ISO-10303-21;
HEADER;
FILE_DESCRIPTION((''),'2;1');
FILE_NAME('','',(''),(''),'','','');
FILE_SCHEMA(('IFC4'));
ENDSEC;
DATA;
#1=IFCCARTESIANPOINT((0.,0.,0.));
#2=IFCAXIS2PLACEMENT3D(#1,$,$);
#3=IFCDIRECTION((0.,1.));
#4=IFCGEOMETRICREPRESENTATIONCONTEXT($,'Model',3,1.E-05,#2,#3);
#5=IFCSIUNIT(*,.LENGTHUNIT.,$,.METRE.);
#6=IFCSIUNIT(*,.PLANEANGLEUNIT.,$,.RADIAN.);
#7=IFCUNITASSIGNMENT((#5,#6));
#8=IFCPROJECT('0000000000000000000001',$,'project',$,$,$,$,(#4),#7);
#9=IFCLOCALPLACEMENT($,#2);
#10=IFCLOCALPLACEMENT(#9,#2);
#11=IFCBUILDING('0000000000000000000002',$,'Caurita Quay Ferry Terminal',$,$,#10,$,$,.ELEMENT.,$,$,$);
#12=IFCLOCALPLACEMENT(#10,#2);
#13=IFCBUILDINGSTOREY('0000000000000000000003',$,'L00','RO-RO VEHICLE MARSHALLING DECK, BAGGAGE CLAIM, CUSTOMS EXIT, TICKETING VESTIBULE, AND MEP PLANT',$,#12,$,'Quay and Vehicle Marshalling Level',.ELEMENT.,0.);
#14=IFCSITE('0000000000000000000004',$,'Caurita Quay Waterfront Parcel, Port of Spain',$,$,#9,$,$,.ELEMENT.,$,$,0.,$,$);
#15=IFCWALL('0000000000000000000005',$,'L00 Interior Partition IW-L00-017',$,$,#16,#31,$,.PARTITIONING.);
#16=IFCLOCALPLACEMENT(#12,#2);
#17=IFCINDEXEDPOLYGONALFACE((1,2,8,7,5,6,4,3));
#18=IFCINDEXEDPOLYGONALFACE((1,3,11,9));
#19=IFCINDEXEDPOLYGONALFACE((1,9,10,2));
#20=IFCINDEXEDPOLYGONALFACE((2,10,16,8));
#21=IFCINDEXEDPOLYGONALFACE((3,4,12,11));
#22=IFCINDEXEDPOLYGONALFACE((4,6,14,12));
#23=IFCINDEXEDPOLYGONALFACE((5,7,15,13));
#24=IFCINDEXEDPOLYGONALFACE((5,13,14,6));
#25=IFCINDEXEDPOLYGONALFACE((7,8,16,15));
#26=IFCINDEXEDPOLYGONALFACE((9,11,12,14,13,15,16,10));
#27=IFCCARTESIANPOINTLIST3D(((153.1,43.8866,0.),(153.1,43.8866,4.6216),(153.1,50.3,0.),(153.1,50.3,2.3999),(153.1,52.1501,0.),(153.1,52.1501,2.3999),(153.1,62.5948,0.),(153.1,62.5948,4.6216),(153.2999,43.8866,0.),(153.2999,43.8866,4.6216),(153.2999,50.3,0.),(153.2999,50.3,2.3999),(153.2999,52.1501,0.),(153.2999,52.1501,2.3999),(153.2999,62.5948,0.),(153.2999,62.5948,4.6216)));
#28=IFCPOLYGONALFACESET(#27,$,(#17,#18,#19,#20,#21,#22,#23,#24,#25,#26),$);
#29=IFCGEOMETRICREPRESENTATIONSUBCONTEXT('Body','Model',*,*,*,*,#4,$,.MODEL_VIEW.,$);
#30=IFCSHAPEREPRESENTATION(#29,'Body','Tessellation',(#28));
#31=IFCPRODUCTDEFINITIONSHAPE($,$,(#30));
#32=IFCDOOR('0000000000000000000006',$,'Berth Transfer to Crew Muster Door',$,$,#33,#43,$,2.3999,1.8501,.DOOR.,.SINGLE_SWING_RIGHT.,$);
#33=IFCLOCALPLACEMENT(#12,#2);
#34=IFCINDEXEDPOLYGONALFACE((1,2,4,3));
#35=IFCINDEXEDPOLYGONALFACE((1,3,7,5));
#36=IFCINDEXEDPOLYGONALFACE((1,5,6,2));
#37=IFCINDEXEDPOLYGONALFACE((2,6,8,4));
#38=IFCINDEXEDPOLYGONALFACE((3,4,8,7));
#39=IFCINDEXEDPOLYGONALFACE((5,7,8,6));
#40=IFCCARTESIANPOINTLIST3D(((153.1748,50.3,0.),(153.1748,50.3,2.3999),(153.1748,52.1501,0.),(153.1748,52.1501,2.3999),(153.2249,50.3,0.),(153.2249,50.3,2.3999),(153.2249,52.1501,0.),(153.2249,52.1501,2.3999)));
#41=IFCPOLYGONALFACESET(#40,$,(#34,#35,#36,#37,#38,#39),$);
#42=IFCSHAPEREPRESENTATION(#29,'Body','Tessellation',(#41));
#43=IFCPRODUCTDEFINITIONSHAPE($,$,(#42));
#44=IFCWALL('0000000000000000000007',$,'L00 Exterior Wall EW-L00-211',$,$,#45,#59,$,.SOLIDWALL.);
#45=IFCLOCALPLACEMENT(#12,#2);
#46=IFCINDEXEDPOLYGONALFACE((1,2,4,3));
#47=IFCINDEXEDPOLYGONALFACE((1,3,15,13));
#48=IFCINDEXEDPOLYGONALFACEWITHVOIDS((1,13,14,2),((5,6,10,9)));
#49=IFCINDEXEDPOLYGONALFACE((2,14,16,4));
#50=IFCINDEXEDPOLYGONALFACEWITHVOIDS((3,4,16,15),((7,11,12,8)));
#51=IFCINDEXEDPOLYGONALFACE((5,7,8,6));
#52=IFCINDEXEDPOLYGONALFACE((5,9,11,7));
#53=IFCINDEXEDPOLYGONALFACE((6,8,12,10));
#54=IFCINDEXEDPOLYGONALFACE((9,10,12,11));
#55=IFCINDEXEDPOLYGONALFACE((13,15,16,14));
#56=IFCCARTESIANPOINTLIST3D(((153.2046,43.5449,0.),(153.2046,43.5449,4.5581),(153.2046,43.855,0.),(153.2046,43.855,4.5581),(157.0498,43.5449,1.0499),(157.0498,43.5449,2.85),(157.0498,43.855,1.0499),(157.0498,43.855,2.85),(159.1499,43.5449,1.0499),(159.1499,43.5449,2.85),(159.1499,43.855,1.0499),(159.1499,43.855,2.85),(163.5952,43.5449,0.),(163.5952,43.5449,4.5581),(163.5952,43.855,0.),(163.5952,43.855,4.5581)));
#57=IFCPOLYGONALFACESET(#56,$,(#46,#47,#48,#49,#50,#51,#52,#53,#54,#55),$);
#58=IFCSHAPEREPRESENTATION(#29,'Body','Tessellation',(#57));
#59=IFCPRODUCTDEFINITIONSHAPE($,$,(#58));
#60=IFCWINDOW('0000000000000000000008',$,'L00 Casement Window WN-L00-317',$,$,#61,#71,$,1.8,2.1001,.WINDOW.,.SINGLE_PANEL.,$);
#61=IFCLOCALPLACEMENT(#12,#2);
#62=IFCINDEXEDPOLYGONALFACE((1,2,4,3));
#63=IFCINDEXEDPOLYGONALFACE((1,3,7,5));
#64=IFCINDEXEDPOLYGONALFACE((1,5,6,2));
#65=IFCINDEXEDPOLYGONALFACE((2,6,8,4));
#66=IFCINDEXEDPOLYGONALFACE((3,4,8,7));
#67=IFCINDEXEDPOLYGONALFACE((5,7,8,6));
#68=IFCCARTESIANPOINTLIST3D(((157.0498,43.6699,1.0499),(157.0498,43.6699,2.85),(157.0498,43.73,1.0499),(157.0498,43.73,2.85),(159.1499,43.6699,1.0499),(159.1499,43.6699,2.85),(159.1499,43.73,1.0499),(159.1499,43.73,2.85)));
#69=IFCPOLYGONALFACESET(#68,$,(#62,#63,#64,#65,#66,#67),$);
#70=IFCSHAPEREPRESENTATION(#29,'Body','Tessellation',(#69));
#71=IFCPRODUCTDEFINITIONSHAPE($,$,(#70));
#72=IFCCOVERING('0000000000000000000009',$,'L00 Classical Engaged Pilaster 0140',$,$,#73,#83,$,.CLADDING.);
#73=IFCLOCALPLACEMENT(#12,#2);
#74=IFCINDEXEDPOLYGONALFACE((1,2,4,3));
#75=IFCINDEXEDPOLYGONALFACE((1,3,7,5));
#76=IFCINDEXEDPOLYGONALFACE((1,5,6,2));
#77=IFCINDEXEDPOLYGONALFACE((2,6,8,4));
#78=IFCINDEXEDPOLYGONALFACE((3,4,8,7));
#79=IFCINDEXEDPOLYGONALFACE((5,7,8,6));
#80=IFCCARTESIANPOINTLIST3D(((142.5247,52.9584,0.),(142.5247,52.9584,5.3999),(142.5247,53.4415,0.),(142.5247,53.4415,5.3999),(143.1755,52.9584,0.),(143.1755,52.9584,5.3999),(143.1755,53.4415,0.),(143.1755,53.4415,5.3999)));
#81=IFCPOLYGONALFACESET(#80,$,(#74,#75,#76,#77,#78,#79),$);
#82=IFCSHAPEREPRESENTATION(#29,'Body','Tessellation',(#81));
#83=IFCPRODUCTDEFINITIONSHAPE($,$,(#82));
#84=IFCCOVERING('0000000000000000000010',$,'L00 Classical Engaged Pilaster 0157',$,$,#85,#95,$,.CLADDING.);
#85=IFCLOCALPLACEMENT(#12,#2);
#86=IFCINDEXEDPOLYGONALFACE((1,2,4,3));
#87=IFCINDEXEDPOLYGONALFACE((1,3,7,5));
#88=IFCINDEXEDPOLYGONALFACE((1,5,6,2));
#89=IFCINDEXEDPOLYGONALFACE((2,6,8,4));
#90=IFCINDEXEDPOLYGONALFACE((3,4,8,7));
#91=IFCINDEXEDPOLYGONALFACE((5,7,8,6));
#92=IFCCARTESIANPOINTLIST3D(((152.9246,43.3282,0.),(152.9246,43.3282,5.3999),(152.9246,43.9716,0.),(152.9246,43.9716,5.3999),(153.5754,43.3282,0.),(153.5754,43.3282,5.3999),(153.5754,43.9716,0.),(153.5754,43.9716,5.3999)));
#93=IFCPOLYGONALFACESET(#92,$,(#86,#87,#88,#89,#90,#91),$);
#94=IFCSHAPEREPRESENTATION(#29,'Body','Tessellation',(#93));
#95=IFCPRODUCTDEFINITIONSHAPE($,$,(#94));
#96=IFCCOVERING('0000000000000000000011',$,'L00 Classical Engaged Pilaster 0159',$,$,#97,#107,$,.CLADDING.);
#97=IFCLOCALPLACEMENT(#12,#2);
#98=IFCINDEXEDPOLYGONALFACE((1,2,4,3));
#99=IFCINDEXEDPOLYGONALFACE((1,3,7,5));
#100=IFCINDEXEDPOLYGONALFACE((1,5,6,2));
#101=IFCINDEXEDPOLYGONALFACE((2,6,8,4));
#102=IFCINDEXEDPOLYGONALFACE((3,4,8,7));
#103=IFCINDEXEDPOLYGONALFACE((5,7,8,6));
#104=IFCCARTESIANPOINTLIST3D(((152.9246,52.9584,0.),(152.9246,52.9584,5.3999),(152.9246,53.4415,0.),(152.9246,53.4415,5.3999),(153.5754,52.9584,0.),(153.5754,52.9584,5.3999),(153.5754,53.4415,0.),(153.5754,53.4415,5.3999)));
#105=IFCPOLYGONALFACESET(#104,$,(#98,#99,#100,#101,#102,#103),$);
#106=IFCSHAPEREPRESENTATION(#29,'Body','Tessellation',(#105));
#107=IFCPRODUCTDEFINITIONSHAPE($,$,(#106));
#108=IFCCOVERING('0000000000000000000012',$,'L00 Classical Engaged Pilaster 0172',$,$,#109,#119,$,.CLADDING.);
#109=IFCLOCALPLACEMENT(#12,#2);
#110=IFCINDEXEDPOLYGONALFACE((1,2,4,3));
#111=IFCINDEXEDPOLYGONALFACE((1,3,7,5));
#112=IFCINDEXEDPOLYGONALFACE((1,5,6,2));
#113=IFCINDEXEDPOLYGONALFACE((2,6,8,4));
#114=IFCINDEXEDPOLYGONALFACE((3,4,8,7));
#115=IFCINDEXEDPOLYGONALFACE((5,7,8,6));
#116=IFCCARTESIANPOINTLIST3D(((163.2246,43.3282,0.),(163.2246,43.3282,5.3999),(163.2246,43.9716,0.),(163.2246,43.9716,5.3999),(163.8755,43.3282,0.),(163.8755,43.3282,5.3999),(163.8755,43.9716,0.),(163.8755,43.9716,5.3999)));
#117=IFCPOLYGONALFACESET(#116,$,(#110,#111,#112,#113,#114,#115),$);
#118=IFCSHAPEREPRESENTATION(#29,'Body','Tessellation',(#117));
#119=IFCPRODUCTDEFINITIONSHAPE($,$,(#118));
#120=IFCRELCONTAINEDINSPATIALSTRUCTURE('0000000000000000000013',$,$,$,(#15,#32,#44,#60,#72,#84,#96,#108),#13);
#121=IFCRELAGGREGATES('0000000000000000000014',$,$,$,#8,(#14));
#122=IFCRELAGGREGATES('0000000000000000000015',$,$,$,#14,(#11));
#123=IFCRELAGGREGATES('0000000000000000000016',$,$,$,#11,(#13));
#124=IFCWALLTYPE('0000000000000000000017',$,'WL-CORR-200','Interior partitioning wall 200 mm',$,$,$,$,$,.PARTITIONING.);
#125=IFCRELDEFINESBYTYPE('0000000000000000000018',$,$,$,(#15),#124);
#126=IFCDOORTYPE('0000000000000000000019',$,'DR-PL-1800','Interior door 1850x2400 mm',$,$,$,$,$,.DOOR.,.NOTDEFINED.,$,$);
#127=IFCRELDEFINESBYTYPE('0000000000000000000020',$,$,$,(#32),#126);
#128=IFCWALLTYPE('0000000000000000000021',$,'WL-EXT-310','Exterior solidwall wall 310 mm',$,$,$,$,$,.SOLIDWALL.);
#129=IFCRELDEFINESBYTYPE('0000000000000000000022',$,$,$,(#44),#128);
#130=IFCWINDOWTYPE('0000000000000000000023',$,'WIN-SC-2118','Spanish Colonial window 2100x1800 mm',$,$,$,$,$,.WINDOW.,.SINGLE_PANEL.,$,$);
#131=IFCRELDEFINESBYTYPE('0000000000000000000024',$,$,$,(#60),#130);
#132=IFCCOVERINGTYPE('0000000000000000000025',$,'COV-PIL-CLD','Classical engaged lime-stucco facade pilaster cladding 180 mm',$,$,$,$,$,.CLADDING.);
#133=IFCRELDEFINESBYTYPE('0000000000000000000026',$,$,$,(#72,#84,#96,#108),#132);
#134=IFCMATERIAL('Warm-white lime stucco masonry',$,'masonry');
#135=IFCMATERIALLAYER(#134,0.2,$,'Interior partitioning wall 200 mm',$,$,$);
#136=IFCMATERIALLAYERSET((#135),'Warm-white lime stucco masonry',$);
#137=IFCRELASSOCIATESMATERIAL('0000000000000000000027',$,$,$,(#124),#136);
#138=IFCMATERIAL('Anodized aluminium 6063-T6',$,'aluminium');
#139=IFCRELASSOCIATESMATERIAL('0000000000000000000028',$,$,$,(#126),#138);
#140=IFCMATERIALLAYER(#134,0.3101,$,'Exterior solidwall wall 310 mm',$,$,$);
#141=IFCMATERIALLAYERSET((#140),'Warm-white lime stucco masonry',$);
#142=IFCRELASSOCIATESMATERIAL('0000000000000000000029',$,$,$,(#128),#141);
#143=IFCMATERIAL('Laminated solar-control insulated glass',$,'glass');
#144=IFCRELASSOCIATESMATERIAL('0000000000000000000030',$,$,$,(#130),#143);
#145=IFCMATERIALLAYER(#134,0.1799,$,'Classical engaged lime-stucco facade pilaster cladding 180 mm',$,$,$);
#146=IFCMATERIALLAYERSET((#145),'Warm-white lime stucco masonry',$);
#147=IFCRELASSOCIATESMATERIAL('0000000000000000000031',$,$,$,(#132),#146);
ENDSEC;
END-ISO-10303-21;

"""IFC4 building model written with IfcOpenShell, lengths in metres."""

from ifc_helpers import new_model, si_unit, direction, frame, frame_2d, origin, origin_2d, place, context, subcontext, project, spatial, rectangle, extrude, material, layer, layer_set, type_object, element, fill, save


model = new_model("IFC4")

# Units and contexts
model_context = context("Model", 3, precision=1e-05, world=origin(), true_north=direction((0.0, 1.0)))
body_context = subcontext(model_context, "Body", "Model", "MODEL_VIEW")
ifc_project = project(units=[si_unit("LENGTHUNIT", "METRE"), si_unit("PLANEANGLEUNIT", "RADIAN")], contexts=[model_context])

# Site, building, storey
site_placement = place(None, origin())
site = spatial("IfcSite", under=ifc_project, at=site_placement, Name="Caurita Quay Waterfront Parcel, Port of Spain", CompositionType="ELEMENT", RefElevation=0.0)
building_placement = place(site_placement, origin())
building = spatial("IfcBuilding", under=site, at=building_placement, Name="Caurita Quay Ferry Terminal", CompositionType="ELEMENT")
storey_placement = place(building_placement, origin())
storey = spatial("IfcBuildingStorey", under=building, at=storey_placement, Name="L00", Description="RO-RO VEHICLE MARSHALLING DECK, BAGGAGE CLAIM, CUSTOMS EXIT, TICKETING VESTIBULE, AND MEP PLANT", LongName="Quay and Vehicle Marshalling Level", CompositionType="ELEMENT", Elevation=0.0)

# Wall, opening, door
ifc_material_1 = material(Name="Warm-white lime stucco masonry", Category="masonry")
ifc_layer_1 = layer(ifc_material_1, 0.2, Name="Interior partitioning wall 200 mm")
ifc_layer_set_1 = layer_set([ifc_layer_1], Name="Warm-white lime stucco masonry")
wall_type_1 = type_object("IfcWallType", Name="WL-CORR-200", Description="Interior partitioning wall 200 mm", PredefinedType="PARTITIONING", material=ifc_layer_set_1)
wall_1_placement = place(storey_placement, frame((153.2, 43.8867, 0.0), z_axis=(0.0, 0.0, 1.0), x_axis=(0.0, 1.0, 0.0)))
wall_1 = element("IfcWall", 1, at=wall_1_placement, inside=storey, type_object=wall_type_1, Name="L00 Interior Partition IW-L00-017", PredefinedType="PARTITIONING", context=body_context, shape_type="SweptSolid", body=[
    extrude(rectangle(XDim=18.7083, YDim=0.2, at=frame_2d((9.354, 0.0))), origin(), (0.0, 0.0, 1.0), 4.6216),
])
opening_1_placement = place(wall_1_placement, frame((6.4133, 0.0, 0.0)))
opening_1 = element("IfcOpeningElement", 2, at=opening_1_placement, cuts=wall_1, PredefinedType="OPENING", context=body_context, shape_type="SweptSolid", body=[
    extrude(rectangle(XDim=1.8501, YDim=2.3999, at=frame_2d((0.925, 1.2))), frame((0.0, 0.1099, 0.0), z_axis=(0.0, -1.0, 0.0), x_axis=(1.0, 0.0, 0.0)), (0.0, 0.0, 1.0), 0.22),
])
ifc_material_2 = material(Name="Anodized aluminium 6063-T6", Category="aluminium")
door_type = type_object("IfcDoorType", Name="DR-PL-1800", Description="Interior door 1850x2400 mm", OperationType="NOTDEFINED", PredefinedType="DOOR", material=ifc_material_2)
door_placement = place(opening_1_placement, frame((1.8501, 0.0, 0.0), z_axis=(0.0, 0.0, 1.0), x_axis=(-1.0, 0.0, 0.0)))
door = element("IfcDoor", 3, at=door_placement, inside=storey, type_object=door_type, Name="Berth Transfer to Crew Muster Door", OperationType="SINGLE_SWING_RIGHT", OverallHeight=2.3999, OverallWidth=1.8501, PredefinedType="DOOR", context=body_context, shape_type="SweptSolid", body=[
    extrude(rectangle(XDim=1.8501, YDim=2.3999, at=frame_2d((0.925, 1.2))), frame((0.0, 0.0249, 0.0), z_axis=(0.0, -1.0, 0.0), x_axis=(1.0, 0.0, 0.0)), (0.0, 0.0, 1.0), 0.05),
])
fill(opening_1, door)

# Wall, opening, window
ifc_layer_2 = layer(ifc_material_1, 0.3101, Name="Exterior solidwall wall 310 mm")
ifc_layer_set_2 = layer_set([ifc_layer_2], Name="Warm-white lime stucco masonry")
wall_type_2 = type_object("IfcWallType", Name="WL-EXT-310", Description="Exterior solidwall wall 310 mm", PredefinedType="SOLIDWALL", material=ifc_layer_set_2)
wall_2_placement = place(storey_placement, frame((153.2046, 43.7, 0.0), z_axis=(0.0, 0.0, 1.0), x_axis=(1.0, 0.0, 0.0)))
wall_2 = element("IfcWall", 4, at=wall_2_placement, inside=storey, type_object=wall_type_2, Name="L00 Exterior Wall EW-L00-211", PredefinedType="SOLIDWALL", context=body_context, shape_type="SweptSolid", body=[
    extrude(rectangle(XDim=10.3906, YDim=0.3101, at=frame_2d((5.1953, 0.0))), origin(), (0.0, 0.0, 1.0), 4.5581),
])
opening_2_placement = place(wall_2_placement, frame((3.8452, 0.0, 1.05)))
opening_2 = element("IfcOpeningElement", 5, at=opening_2_placement, cuts=wall_2, PredefinedType="OPENING", context=body_context, shape_type="SweptSolid", body=[
    extrude(rectangle(XDim=2.1001, YDim=1.8, at=frame_2d((1.05, 0.8999))), frame((0.0, 0.165, 0.0), z_axis=(0.0, -1.0, 0.0), x_axis=(1.0, 0.0, 0.0)), (0.0, 0.0, 1.0), 0.3301),
])
ifc_material_3 = material(Name="Laminated solar-control insulated glass", Category="glass")
window_type = type_object("IfcWindowType", Name="WIN-SC-2118", Description="Spanish Colonial window 2100x1800 mm", PartitioningType="SINGLE_PANEL", PredefinedType="WINDOW", material=ifc_material_3)
window_placement = place(opening_2_placement, origin())
window = element("IfcWindow", 6, at=window_placement, inside=storey, type_object=window_type, Name="L00 Casement Window WN-L00-317", OverallHeight=1.8, OverallWidth=2.1001, PartitioningType="SINGLE_PANEL", PredefinedType="WINDOW", context=body_context, shape_type="SweptSolid", body=[
    extrude(rectangle(XDim=2.1001, YDim=1.8, at=frame_2d((1.05, 0.8999))), frame((0.0, 0.03, 0.0), z_axis=(0.0, -1.0, 0.0), x_axis=(1.0, 0.0, 0.0)), (0.0, 0.0, 1.0), 0.0601),
])
fill(opening_2, window)

# Coverings
ifc_layer_3 = layer(ifc_material_1, 0.1799, Name="Classical engaged lime-stucco facade pilaster cladding 180 mm")
ifc_layer_set_3 = layer_set([ifc_layer_3], Name="Warm-white lime stucco masonry")
covering_type = type_object("IfcCoveringType", Name="COV-PIL-CLD", Description="Classical engaged lime-stucco facade pilaster cladding 180 mm", PredefinedType="CLADDING", material=ifc_layer_set_3)
covering_1_placement = place(storey_placement, frame((142.8501, 53.2, 0.0), z_axis=(0.0, 0.0, 1.0), x_axis=(1.0, 0.0, 0.0)))
element("IfcCovering", 7, at=covering_1_placement, inside=storey, type_object=covering_type, Name="L00 Classical Engaged Pilaster 0140", PredefinedType="CLADDING", context=body_context, shape_type="SweptSolid", body=[
    extrude(rectangle(XDim=0.6509, YDim=0.4832, at=origin_2d()), origin(), (0.0, 0.0, 1.0), 5.3999),
])
covering_2_placement = place(storey_placement, frame((153.25, 43.6499, 0.0), z_axis=(0.0, 0.0, 1.0), x_axis=(1.0, 0.0, 0.0)))
element("IfcCovering", 8, at=covering_2_placement, inside=storey, type_object=covering_type, Name="L00 Classical Engaged Pilaster 0157", PredefinedType="CLADDING", context=body_context, shape_type="SweptSolid", body=[
    extrude(rectangle(XDim=0.6509, YDim=0.6433, at=origin_2d()), origin(), (0.0, 0.0, 1.0), 5.3999),
])
covering_3_placement = place(storey_placement, frame((153.25, 53.2, 0.0), z_axis=(0.0, 0.0, 1.0), x_axis=(1.0, 0.0, 0.0)))
element("IfcCovering", 9, at=covering_3_placement, inside=storey, type_object=covering_type, Name="L00 Classical Engaged Pilaster 0159", PredefinedType="CLADDING", context=body_context, shape_type="SweptSolid", body=[
    extrude(rectangle(XDim=0.6509, YDim=0.4832, at=origin_2d()), origin(), (0.0, 0.0, 1.0), 5.3999),
])
covering_4_placement = place(storey_placement, frame((163.55, 43.6499, 0.0), z_axis=(0.0, 0.0, 1.0), x_axis=(1.0, 0.0, 0.0)))
element("IfcCovering", 10, at=covering_4_placement, inside=storey, type_object=covering_type, Name="L00 Classical Engaged Pilaster 0172", PredefinedType="CLADDING", context=body_context, shape_type="SweptSolid", body=[
    extrude(rectangle(XDim=0.6509, YDim=0.6433, at=origin_2d()), origin(), (0.0, 0.0, 1.0), 5.3999),
])

save(model, "model.ifc")
